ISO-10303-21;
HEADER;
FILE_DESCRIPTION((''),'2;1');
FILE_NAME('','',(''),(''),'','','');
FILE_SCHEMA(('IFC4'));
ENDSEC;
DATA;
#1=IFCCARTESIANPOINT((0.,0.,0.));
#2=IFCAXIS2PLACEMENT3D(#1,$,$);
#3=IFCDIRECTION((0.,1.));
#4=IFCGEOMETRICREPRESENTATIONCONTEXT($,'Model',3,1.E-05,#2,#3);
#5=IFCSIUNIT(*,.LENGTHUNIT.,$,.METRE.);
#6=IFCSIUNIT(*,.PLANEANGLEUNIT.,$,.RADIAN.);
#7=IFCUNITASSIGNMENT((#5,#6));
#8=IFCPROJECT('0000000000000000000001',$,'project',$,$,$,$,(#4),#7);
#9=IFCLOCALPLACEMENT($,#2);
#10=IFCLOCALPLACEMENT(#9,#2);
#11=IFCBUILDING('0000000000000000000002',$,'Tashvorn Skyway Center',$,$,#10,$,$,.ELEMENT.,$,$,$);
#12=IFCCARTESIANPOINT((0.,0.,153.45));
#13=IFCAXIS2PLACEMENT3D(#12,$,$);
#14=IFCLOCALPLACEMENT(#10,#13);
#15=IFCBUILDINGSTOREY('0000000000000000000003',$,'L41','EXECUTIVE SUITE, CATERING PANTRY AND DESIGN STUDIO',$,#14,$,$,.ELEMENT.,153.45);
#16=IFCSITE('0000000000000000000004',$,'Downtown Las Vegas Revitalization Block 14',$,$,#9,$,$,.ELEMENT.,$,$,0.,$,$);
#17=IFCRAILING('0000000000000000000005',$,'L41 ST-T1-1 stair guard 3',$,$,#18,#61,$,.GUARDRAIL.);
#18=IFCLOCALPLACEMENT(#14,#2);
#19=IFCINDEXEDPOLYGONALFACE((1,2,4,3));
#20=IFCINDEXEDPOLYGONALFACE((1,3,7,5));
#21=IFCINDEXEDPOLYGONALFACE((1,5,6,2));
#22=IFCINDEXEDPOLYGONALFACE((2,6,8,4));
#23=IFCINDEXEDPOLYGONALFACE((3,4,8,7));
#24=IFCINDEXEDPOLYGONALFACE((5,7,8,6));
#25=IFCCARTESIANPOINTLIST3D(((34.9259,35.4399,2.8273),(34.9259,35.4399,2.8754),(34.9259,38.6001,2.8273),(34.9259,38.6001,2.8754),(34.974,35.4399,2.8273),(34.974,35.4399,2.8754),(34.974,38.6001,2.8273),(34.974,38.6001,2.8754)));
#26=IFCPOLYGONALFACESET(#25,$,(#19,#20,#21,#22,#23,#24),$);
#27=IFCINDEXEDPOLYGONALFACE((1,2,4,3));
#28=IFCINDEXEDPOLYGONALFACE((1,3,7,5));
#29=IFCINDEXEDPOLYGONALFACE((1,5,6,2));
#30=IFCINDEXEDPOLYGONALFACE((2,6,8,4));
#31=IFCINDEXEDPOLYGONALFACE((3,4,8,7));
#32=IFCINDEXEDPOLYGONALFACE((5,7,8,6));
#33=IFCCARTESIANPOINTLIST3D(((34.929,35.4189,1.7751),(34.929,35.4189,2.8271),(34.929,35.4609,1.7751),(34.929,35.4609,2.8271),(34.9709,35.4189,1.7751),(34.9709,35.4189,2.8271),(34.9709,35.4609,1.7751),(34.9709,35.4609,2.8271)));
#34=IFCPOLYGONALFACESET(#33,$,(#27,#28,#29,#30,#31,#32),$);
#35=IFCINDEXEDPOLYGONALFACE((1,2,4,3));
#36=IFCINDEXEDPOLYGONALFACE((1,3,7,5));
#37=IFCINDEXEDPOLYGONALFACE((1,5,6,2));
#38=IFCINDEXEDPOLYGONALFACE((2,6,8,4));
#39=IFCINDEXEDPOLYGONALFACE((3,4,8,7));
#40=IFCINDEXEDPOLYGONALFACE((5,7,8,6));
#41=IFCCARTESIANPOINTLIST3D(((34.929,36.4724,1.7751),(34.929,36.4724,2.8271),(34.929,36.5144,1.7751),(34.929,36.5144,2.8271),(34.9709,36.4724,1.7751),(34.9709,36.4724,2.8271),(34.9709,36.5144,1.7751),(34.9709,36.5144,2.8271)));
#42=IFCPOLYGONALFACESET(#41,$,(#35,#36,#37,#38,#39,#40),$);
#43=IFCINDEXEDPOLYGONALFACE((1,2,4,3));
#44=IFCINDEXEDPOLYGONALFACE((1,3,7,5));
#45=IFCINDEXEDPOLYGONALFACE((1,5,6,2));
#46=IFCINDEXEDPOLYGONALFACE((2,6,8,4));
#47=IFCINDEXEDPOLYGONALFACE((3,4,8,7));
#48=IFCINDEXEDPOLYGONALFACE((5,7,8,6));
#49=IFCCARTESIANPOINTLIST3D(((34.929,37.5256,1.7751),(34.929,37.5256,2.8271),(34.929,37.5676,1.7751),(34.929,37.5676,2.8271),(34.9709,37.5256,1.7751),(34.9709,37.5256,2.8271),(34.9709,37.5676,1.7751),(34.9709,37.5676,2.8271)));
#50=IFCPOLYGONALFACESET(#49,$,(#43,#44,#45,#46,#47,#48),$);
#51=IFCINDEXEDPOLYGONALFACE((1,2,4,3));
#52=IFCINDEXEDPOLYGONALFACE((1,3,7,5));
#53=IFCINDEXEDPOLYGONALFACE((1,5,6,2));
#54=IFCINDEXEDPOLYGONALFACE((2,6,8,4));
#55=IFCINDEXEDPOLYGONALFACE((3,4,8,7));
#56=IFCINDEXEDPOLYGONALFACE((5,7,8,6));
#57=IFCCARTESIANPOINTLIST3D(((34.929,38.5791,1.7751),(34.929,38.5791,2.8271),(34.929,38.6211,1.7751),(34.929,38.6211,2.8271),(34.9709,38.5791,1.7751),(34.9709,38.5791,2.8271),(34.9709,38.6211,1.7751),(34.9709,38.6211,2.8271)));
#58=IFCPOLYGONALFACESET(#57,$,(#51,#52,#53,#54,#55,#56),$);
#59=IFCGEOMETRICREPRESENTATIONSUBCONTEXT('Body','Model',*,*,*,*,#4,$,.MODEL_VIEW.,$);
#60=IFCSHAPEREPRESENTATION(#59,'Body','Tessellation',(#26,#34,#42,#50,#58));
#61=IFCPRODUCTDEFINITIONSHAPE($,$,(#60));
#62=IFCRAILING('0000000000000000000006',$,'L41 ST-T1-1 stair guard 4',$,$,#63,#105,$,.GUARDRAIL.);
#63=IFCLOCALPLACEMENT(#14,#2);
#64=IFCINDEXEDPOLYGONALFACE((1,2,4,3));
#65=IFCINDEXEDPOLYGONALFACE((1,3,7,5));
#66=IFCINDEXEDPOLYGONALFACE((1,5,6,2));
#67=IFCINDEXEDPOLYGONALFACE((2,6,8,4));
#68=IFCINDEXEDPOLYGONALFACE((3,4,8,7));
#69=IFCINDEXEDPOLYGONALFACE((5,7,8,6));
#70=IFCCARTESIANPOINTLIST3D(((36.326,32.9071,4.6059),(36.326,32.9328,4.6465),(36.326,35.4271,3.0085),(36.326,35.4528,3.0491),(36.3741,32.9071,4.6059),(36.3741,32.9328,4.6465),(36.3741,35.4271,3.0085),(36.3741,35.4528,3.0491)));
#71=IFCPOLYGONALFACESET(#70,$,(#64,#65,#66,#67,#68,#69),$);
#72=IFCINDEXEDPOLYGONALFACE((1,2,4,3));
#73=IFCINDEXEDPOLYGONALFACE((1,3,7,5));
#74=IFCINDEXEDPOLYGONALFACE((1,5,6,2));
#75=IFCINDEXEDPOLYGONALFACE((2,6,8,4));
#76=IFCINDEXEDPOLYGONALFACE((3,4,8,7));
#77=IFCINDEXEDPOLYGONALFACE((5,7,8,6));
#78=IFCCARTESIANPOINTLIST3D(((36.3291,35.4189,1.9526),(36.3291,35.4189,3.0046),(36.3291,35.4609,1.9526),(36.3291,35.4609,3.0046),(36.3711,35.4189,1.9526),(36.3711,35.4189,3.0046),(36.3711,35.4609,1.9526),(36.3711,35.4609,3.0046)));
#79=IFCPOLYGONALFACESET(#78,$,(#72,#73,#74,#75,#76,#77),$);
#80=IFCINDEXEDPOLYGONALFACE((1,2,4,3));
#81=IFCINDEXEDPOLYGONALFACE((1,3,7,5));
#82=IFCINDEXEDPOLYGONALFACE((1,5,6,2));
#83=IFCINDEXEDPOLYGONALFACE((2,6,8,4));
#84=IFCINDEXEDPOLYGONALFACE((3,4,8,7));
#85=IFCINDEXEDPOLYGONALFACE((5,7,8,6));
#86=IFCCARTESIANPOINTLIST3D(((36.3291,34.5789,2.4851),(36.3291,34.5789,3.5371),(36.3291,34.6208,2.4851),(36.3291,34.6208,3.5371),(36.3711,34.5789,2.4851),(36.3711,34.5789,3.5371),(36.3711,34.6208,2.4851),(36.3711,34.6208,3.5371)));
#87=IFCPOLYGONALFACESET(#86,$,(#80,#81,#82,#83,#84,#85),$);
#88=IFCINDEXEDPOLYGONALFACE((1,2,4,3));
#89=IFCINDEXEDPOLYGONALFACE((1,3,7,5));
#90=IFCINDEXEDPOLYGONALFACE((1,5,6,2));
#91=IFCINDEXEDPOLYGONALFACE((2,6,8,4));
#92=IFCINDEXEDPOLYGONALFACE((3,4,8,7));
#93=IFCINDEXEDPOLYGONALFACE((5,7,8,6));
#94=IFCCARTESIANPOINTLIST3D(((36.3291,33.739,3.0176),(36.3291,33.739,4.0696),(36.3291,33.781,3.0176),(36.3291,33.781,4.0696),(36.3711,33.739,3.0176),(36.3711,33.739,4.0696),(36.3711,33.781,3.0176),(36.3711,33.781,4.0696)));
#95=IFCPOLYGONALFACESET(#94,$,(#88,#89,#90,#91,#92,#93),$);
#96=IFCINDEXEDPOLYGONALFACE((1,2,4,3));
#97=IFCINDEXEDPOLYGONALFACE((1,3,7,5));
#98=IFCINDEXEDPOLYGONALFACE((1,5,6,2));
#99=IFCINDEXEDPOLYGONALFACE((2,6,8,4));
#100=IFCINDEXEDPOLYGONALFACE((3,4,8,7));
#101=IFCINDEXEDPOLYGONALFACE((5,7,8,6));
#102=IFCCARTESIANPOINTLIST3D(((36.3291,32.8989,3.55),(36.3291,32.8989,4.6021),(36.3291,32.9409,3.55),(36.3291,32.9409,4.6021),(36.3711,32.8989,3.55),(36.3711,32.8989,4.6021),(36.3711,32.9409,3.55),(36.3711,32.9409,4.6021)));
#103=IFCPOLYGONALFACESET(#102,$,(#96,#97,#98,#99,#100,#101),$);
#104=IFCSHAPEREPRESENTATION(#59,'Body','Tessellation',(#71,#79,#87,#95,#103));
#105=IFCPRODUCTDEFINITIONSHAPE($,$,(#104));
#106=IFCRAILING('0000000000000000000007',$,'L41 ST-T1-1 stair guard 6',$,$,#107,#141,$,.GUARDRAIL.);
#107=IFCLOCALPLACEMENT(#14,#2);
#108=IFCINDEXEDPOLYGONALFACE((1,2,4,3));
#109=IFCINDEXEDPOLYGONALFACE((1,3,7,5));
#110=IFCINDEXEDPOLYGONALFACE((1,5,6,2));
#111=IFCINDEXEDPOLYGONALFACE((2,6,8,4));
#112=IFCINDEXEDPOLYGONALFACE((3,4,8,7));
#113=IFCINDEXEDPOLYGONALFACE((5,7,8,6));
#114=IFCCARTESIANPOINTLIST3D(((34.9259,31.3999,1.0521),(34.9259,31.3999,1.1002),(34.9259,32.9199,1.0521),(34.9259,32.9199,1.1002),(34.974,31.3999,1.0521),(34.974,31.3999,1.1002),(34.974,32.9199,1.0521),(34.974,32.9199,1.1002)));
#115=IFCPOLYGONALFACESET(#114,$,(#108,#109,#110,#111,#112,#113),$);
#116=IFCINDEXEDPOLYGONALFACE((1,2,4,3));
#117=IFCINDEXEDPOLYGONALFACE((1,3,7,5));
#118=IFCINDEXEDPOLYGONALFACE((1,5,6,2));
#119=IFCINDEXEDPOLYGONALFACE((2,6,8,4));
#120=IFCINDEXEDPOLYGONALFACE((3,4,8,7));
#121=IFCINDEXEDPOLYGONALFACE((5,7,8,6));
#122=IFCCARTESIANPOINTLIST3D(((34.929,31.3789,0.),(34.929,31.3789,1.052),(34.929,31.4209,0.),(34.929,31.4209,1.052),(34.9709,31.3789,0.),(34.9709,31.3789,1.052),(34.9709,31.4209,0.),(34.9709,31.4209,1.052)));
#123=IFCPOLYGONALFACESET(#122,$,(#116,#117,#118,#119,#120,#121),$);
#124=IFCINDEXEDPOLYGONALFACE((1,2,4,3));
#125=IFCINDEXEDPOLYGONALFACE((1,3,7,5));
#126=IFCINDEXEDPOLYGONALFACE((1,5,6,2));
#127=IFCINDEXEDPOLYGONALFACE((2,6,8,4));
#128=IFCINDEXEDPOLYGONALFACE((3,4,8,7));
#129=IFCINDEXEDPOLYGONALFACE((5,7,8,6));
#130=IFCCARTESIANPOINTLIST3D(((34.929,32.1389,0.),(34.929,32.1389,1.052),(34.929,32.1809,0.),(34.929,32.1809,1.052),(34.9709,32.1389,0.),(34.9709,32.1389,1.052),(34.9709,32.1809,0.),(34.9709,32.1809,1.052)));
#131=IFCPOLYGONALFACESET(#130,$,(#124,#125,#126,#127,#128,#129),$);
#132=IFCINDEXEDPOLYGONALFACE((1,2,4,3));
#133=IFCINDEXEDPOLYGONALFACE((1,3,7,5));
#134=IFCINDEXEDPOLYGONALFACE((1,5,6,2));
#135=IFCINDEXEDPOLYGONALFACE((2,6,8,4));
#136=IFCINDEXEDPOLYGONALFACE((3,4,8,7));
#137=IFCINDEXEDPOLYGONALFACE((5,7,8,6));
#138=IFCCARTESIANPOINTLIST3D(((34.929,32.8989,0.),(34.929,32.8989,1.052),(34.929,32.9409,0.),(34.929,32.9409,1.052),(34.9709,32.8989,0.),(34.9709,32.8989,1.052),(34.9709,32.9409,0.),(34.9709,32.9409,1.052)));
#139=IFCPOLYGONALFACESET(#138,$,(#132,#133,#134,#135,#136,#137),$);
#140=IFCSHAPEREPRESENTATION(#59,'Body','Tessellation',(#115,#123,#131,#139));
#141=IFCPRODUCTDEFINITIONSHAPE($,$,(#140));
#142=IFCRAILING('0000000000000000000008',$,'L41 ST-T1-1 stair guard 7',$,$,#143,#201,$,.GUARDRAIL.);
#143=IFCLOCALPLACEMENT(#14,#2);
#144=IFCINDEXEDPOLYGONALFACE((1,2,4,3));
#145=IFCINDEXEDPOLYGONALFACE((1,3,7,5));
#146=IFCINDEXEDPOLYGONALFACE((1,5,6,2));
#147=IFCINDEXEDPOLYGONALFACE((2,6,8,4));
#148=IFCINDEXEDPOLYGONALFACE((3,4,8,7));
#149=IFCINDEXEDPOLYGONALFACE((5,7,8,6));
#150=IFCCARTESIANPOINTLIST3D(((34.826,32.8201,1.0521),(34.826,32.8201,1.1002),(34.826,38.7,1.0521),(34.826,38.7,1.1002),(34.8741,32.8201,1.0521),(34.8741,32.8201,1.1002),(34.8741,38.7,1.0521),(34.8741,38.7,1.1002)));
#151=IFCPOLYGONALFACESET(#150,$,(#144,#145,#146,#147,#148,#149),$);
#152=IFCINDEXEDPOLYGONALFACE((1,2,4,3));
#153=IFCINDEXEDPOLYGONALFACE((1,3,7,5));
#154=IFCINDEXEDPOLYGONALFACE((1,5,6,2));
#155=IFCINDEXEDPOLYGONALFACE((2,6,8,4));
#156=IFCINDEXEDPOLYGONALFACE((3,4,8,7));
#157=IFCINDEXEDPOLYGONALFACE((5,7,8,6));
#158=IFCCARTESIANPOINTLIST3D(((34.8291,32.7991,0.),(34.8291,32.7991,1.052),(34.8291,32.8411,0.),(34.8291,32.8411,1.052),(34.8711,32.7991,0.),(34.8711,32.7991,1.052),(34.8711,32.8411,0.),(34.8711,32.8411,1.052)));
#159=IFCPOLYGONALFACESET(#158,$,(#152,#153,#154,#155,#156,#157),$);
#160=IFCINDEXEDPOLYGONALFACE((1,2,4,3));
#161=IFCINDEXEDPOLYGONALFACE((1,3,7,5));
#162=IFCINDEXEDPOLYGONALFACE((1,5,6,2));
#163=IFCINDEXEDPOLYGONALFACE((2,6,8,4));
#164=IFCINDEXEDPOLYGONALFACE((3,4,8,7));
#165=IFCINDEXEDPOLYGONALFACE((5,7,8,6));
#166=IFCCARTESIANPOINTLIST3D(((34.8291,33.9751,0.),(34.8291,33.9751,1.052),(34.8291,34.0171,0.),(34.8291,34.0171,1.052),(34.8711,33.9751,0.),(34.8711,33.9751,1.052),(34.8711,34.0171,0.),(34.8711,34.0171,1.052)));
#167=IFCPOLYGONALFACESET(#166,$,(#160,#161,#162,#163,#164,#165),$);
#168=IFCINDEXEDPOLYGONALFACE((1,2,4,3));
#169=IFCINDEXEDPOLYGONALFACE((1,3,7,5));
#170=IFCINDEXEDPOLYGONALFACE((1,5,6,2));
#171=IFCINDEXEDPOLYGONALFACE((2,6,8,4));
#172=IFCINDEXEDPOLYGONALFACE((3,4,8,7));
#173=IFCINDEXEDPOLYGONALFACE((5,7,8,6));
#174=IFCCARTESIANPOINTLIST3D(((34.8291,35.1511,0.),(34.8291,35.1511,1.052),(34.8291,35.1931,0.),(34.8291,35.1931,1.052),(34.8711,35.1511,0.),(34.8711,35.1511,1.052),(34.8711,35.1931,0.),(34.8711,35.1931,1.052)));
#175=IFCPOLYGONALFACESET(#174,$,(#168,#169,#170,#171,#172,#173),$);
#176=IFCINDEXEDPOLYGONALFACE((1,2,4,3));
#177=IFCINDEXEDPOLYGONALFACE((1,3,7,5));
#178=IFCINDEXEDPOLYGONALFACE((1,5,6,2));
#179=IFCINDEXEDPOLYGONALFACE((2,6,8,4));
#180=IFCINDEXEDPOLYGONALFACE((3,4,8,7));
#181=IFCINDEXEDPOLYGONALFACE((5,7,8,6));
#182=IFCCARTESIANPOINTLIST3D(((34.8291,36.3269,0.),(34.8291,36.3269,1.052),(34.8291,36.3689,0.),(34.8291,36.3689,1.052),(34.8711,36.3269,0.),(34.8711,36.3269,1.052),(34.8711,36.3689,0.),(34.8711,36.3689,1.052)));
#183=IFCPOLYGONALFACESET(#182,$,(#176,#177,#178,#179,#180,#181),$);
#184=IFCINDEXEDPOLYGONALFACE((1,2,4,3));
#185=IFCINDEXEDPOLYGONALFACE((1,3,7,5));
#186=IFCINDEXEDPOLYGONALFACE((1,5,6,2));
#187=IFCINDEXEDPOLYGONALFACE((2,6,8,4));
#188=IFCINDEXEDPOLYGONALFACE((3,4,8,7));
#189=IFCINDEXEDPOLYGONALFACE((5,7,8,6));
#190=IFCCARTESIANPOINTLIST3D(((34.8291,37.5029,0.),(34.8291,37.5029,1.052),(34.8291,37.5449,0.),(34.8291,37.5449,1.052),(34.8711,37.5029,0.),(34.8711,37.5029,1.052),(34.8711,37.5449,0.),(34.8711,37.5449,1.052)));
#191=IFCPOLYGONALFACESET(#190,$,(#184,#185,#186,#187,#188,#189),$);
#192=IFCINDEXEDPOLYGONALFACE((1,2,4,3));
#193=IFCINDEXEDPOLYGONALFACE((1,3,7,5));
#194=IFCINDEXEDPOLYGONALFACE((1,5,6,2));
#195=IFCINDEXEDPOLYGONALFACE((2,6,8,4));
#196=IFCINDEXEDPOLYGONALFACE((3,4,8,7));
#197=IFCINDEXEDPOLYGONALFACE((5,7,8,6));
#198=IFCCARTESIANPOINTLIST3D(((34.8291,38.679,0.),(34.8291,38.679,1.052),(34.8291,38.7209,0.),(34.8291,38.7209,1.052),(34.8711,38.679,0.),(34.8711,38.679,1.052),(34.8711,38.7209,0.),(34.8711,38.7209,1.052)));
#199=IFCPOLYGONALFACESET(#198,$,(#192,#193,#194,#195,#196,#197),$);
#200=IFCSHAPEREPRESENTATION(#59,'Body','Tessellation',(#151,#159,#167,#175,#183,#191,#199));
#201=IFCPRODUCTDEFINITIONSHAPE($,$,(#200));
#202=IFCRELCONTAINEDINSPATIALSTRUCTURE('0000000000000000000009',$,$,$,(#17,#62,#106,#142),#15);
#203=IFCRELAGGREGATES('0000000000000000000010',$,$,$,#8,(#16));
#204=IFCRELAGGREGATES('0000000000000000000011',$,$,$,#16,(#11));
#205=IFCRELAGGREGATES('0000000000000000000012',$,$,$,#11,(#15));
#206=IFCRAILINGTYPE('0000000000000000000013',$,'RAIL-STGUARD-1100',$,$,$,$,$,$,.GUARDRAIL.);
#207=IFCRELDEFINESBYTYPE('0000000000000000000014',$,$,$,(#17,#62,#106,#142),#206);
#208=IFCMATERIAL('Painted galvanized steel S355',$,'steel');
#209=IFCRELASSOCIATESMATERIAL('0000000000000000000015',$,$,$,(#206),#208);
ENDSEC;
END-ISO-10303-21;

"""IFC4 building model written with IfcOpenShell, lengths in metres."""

from ifc_helpers import new_model, si_unit, direction, frame, origin, origin_2d, place, context, subcontext, project, spatial, rectangle, extrude, material, type_object, element, save


model = new_model("IFC4")

# Units and contexts
model_context = context("Model", 3, precision=1e-05, world=origin(), true_north=direction((0.0, 1.0)))
body_context = subcontext(model_context, "Body", "Model", "MODEL_VIEW")
ifc_project = project(units=[si_unit("LENGTHUNIT", "METRE"), si_unit("PLANEANGLEUNIT", "RADIAN")], contexts=[model_context])

# Site, building, storey
site_placement = place(None, origin())
site = spatial("IfcSite", under=ifc_project, at=site_placement, Name="Downtown Las Vegas Revitalization Block 14", CompositionType="ELEMENT", RefElevation=0.0)
building_placement = place(site_placement, origin())
building = spatial("IfcBuilding", under=site, at=building_placement, Name="Tashvorn Skyway Center", CompositionType="ELEMENT")
storey_placement = place(building_placement, frame((0.0, 0.0, 153.45)))
storey = spatial("IfcBuildingStorey", under=building, at=storey_placement, Name="L41", Description="EXECUTIVE SUITE, CATERING PANTRY AND DESIGN STUDIO", CompositionType="ELEMENT", Elevation=153.45)

# Railings
ifc_material_1 = material(Name="Painted galvanized steel S355", Category="steel")
railing_type_1 = type_object("IfcRailingType", Name="RAIL-STGUARD-1100", PredefinedType="GUARDRAIL", material=ifc_material_1)
railing_1_placement = place(storey_placement, frame((34.95, 35.4399, 1.7751)))
element("IfcRailing", 1, at=railing_1_placement, inside=storey, type_object=railing_type_1, Name="L41 ST-T1-1 stair guard 3", PredefinedType="GUARDRAIL", context=body_context, shape_type="SweptSolid", body=[
    extrude(rectangle(XDim=0.0481, YDim=0.0481, at=origin_2d()), frame((0.0, 0.0, 1.0762), z_axis=(0.0, 1.0, 0.0), x_axis=(-1.0, 0.0, 0.0)), (0.0, 0.0, 1.0), 3.1602),
    extrude(rectangle(XDim=0.042, YDim=0.042, at=origin_2d()), origin(), (0.0, 0.0, 1.0), 1.052),
    extrude(rectangle(XDim=0.042, YDim=0.042, at=origin_2d()), frame((0.0, 1.0535, 0.0)), (0.0, 0.0, 1.0), 1.052),
    extrude(rectangle(XDim=0.042, YDim=0.042, at=origin_2d()), frame((0.0, 2.1067, 0.0)), (0.0, 0.0, 1.0), 1.052),
    extrude(rectangle(XDim=0.042, YDim=0.042, at=origin_2d()), frame((0.0, 3.1602, 0.0)), (0.0, 0.0, 1.0), 1.052),
])
railing_2_placement = place(storey_placement, frame((36.3501, 35.4399, 1.9526)))
element("IfcRailing", 2, at=railing_2_placement, inside=storey, type_object=railing_type_1, Name="L41 ST-T1-1 stair guard 4", PredefinedType="GUARDRAIL", context=body_context, shape_type="SweptSolid", body=[
    extrude(rectangle(XDim=0.0481, YDim=0.0481, at=origin_2d()), frame((0.0, 0.0, 1.0762), z_axis=(0.0, -0.844607, 0.535387), x_axis=(1.0, 0.0, 0.0)), (0.0, 0.0, 1.0), 2.9836),
    extrude(rectangle(XDim=0.042, YDim=0.042, at=origin_2d()), origin(), (0.0, 0.0, 1.0), 1.052),
    extrude(rectangle(XDim=0.042, YDim=0.042, at=origin_2d()), frame((0.0, -0.8401, 0.5325)), (0.0, 0.0, 1.0), 1.052),
    extrude(rectangle(XDim=0.042, YDim=0.042, at=origin_2d()), frame((0.0, -1.6799, 1.0649)), (0.0, 0.0, 1.0), 1.052),
    extrude(rectangle(XDim=0.042, YDim=0.042, at=origin_2d()), frame((0.0, -2.52, 1.5974)), (0.0, 0.0, 1.0), 1.052),
])
railing_3_placement = place(storey_placement, frame((34.95, 31.3999, 0.0)))
element("IfcRailing", 3, at=railing_3_placement, inside=storey, type_object=railing_type_1, Name="L41 ST-T1-1 stair guard 6", PredefinedType="GUARDRAIL", context=body_context, shape_type="SweptSolid", body=[
    extrude(rectangle(XDim=0.0481, YDim=0.0481, at=origin_2d()), frame((0.0, 0.0, 1.0762), z_axis=(0.0, 1.0, 0.0), x_axis=(-1.0, 0.0, 0.0)), (0.0, 0.0, 1.0), 1.52),
    extrude(rectangle(XDim=0.042, YDim=0.042, at=origin_2d()), origin(), (0.0, 0.0, 1.0), 1.052),
    extrude(rectangle(XDim=0.042, YDim=0.042, at=origin_2d()), frame((0.0, 0.76, 0.0)), (0.0, 0.0, 1.0), 1.052),
    extrude(rectangle(XDim=0.042, YDim=0.042, at=origin_2d()), frame((0.0, 1.52, 0.0)), (0.0, 0.0, 1.0), 1.052),
])
railing_4_placement = place(storey_placement, frame((34.8501, 32.8201, 0.0)))
element("IfcRailing", 4, at=railing_4_placement, inside=storey, type_object=railing_type_1, Name="L41 ST-T1-1 stair guard 7", PredefinedType="GUARDRAIL", context=body_context, shape_type="SweptSolid", body=[
    extrude(rectangle(XDim=0.0481, YDim=0.0481, at=origin_2d()), frame((0.0, 0.0, 1.0762), z_axis=(0.0, 1.0, 0.0), x_axis=(-1.0, 0.0, 0.0)), (0.0, 0.0, 1.0), 5.8799),
    extrude(rectangle(XDim=0.042, YDim=0.042, at=origin_2d()), origin(), (0.0, 0.0, 1.0), 1.052),
    extrude(rectangle(XDim=0.042, YDim=0.042, at=origin_2d()), frame((0.0, 1.176, 0.0)), (0.0, 0.0, 1.0), 1.052),
    extrude(rectangle(XDim=0.042, YDim=0.042, at=origin_2d()), frame((0.0, 2.3521, 0.0)), (0.0, 0.0, 1.0), 1.052),
    extrude(rectangle(XDim=0.042, YDim=0.042, at=origin_2d()), frame((0.0, 3.5278, 0.0)), (0.0, 0.0, 1.0), 1.052),
    extrude(rectangle(XDim=0.042, YDim=0.042, at=origin_2d()), frame((0.0, 4.7039, 0.0)), (0.0, 0.0, 1.0), 1.052),
    extrude(rectangle(XDim=0.042, YDim=0.042, at=origin_2d()), frame((0.0, 5.8799, 0.0)), (0.0, 0.0, 1.0), 1.052),
])

save(model, "model.ifc")
